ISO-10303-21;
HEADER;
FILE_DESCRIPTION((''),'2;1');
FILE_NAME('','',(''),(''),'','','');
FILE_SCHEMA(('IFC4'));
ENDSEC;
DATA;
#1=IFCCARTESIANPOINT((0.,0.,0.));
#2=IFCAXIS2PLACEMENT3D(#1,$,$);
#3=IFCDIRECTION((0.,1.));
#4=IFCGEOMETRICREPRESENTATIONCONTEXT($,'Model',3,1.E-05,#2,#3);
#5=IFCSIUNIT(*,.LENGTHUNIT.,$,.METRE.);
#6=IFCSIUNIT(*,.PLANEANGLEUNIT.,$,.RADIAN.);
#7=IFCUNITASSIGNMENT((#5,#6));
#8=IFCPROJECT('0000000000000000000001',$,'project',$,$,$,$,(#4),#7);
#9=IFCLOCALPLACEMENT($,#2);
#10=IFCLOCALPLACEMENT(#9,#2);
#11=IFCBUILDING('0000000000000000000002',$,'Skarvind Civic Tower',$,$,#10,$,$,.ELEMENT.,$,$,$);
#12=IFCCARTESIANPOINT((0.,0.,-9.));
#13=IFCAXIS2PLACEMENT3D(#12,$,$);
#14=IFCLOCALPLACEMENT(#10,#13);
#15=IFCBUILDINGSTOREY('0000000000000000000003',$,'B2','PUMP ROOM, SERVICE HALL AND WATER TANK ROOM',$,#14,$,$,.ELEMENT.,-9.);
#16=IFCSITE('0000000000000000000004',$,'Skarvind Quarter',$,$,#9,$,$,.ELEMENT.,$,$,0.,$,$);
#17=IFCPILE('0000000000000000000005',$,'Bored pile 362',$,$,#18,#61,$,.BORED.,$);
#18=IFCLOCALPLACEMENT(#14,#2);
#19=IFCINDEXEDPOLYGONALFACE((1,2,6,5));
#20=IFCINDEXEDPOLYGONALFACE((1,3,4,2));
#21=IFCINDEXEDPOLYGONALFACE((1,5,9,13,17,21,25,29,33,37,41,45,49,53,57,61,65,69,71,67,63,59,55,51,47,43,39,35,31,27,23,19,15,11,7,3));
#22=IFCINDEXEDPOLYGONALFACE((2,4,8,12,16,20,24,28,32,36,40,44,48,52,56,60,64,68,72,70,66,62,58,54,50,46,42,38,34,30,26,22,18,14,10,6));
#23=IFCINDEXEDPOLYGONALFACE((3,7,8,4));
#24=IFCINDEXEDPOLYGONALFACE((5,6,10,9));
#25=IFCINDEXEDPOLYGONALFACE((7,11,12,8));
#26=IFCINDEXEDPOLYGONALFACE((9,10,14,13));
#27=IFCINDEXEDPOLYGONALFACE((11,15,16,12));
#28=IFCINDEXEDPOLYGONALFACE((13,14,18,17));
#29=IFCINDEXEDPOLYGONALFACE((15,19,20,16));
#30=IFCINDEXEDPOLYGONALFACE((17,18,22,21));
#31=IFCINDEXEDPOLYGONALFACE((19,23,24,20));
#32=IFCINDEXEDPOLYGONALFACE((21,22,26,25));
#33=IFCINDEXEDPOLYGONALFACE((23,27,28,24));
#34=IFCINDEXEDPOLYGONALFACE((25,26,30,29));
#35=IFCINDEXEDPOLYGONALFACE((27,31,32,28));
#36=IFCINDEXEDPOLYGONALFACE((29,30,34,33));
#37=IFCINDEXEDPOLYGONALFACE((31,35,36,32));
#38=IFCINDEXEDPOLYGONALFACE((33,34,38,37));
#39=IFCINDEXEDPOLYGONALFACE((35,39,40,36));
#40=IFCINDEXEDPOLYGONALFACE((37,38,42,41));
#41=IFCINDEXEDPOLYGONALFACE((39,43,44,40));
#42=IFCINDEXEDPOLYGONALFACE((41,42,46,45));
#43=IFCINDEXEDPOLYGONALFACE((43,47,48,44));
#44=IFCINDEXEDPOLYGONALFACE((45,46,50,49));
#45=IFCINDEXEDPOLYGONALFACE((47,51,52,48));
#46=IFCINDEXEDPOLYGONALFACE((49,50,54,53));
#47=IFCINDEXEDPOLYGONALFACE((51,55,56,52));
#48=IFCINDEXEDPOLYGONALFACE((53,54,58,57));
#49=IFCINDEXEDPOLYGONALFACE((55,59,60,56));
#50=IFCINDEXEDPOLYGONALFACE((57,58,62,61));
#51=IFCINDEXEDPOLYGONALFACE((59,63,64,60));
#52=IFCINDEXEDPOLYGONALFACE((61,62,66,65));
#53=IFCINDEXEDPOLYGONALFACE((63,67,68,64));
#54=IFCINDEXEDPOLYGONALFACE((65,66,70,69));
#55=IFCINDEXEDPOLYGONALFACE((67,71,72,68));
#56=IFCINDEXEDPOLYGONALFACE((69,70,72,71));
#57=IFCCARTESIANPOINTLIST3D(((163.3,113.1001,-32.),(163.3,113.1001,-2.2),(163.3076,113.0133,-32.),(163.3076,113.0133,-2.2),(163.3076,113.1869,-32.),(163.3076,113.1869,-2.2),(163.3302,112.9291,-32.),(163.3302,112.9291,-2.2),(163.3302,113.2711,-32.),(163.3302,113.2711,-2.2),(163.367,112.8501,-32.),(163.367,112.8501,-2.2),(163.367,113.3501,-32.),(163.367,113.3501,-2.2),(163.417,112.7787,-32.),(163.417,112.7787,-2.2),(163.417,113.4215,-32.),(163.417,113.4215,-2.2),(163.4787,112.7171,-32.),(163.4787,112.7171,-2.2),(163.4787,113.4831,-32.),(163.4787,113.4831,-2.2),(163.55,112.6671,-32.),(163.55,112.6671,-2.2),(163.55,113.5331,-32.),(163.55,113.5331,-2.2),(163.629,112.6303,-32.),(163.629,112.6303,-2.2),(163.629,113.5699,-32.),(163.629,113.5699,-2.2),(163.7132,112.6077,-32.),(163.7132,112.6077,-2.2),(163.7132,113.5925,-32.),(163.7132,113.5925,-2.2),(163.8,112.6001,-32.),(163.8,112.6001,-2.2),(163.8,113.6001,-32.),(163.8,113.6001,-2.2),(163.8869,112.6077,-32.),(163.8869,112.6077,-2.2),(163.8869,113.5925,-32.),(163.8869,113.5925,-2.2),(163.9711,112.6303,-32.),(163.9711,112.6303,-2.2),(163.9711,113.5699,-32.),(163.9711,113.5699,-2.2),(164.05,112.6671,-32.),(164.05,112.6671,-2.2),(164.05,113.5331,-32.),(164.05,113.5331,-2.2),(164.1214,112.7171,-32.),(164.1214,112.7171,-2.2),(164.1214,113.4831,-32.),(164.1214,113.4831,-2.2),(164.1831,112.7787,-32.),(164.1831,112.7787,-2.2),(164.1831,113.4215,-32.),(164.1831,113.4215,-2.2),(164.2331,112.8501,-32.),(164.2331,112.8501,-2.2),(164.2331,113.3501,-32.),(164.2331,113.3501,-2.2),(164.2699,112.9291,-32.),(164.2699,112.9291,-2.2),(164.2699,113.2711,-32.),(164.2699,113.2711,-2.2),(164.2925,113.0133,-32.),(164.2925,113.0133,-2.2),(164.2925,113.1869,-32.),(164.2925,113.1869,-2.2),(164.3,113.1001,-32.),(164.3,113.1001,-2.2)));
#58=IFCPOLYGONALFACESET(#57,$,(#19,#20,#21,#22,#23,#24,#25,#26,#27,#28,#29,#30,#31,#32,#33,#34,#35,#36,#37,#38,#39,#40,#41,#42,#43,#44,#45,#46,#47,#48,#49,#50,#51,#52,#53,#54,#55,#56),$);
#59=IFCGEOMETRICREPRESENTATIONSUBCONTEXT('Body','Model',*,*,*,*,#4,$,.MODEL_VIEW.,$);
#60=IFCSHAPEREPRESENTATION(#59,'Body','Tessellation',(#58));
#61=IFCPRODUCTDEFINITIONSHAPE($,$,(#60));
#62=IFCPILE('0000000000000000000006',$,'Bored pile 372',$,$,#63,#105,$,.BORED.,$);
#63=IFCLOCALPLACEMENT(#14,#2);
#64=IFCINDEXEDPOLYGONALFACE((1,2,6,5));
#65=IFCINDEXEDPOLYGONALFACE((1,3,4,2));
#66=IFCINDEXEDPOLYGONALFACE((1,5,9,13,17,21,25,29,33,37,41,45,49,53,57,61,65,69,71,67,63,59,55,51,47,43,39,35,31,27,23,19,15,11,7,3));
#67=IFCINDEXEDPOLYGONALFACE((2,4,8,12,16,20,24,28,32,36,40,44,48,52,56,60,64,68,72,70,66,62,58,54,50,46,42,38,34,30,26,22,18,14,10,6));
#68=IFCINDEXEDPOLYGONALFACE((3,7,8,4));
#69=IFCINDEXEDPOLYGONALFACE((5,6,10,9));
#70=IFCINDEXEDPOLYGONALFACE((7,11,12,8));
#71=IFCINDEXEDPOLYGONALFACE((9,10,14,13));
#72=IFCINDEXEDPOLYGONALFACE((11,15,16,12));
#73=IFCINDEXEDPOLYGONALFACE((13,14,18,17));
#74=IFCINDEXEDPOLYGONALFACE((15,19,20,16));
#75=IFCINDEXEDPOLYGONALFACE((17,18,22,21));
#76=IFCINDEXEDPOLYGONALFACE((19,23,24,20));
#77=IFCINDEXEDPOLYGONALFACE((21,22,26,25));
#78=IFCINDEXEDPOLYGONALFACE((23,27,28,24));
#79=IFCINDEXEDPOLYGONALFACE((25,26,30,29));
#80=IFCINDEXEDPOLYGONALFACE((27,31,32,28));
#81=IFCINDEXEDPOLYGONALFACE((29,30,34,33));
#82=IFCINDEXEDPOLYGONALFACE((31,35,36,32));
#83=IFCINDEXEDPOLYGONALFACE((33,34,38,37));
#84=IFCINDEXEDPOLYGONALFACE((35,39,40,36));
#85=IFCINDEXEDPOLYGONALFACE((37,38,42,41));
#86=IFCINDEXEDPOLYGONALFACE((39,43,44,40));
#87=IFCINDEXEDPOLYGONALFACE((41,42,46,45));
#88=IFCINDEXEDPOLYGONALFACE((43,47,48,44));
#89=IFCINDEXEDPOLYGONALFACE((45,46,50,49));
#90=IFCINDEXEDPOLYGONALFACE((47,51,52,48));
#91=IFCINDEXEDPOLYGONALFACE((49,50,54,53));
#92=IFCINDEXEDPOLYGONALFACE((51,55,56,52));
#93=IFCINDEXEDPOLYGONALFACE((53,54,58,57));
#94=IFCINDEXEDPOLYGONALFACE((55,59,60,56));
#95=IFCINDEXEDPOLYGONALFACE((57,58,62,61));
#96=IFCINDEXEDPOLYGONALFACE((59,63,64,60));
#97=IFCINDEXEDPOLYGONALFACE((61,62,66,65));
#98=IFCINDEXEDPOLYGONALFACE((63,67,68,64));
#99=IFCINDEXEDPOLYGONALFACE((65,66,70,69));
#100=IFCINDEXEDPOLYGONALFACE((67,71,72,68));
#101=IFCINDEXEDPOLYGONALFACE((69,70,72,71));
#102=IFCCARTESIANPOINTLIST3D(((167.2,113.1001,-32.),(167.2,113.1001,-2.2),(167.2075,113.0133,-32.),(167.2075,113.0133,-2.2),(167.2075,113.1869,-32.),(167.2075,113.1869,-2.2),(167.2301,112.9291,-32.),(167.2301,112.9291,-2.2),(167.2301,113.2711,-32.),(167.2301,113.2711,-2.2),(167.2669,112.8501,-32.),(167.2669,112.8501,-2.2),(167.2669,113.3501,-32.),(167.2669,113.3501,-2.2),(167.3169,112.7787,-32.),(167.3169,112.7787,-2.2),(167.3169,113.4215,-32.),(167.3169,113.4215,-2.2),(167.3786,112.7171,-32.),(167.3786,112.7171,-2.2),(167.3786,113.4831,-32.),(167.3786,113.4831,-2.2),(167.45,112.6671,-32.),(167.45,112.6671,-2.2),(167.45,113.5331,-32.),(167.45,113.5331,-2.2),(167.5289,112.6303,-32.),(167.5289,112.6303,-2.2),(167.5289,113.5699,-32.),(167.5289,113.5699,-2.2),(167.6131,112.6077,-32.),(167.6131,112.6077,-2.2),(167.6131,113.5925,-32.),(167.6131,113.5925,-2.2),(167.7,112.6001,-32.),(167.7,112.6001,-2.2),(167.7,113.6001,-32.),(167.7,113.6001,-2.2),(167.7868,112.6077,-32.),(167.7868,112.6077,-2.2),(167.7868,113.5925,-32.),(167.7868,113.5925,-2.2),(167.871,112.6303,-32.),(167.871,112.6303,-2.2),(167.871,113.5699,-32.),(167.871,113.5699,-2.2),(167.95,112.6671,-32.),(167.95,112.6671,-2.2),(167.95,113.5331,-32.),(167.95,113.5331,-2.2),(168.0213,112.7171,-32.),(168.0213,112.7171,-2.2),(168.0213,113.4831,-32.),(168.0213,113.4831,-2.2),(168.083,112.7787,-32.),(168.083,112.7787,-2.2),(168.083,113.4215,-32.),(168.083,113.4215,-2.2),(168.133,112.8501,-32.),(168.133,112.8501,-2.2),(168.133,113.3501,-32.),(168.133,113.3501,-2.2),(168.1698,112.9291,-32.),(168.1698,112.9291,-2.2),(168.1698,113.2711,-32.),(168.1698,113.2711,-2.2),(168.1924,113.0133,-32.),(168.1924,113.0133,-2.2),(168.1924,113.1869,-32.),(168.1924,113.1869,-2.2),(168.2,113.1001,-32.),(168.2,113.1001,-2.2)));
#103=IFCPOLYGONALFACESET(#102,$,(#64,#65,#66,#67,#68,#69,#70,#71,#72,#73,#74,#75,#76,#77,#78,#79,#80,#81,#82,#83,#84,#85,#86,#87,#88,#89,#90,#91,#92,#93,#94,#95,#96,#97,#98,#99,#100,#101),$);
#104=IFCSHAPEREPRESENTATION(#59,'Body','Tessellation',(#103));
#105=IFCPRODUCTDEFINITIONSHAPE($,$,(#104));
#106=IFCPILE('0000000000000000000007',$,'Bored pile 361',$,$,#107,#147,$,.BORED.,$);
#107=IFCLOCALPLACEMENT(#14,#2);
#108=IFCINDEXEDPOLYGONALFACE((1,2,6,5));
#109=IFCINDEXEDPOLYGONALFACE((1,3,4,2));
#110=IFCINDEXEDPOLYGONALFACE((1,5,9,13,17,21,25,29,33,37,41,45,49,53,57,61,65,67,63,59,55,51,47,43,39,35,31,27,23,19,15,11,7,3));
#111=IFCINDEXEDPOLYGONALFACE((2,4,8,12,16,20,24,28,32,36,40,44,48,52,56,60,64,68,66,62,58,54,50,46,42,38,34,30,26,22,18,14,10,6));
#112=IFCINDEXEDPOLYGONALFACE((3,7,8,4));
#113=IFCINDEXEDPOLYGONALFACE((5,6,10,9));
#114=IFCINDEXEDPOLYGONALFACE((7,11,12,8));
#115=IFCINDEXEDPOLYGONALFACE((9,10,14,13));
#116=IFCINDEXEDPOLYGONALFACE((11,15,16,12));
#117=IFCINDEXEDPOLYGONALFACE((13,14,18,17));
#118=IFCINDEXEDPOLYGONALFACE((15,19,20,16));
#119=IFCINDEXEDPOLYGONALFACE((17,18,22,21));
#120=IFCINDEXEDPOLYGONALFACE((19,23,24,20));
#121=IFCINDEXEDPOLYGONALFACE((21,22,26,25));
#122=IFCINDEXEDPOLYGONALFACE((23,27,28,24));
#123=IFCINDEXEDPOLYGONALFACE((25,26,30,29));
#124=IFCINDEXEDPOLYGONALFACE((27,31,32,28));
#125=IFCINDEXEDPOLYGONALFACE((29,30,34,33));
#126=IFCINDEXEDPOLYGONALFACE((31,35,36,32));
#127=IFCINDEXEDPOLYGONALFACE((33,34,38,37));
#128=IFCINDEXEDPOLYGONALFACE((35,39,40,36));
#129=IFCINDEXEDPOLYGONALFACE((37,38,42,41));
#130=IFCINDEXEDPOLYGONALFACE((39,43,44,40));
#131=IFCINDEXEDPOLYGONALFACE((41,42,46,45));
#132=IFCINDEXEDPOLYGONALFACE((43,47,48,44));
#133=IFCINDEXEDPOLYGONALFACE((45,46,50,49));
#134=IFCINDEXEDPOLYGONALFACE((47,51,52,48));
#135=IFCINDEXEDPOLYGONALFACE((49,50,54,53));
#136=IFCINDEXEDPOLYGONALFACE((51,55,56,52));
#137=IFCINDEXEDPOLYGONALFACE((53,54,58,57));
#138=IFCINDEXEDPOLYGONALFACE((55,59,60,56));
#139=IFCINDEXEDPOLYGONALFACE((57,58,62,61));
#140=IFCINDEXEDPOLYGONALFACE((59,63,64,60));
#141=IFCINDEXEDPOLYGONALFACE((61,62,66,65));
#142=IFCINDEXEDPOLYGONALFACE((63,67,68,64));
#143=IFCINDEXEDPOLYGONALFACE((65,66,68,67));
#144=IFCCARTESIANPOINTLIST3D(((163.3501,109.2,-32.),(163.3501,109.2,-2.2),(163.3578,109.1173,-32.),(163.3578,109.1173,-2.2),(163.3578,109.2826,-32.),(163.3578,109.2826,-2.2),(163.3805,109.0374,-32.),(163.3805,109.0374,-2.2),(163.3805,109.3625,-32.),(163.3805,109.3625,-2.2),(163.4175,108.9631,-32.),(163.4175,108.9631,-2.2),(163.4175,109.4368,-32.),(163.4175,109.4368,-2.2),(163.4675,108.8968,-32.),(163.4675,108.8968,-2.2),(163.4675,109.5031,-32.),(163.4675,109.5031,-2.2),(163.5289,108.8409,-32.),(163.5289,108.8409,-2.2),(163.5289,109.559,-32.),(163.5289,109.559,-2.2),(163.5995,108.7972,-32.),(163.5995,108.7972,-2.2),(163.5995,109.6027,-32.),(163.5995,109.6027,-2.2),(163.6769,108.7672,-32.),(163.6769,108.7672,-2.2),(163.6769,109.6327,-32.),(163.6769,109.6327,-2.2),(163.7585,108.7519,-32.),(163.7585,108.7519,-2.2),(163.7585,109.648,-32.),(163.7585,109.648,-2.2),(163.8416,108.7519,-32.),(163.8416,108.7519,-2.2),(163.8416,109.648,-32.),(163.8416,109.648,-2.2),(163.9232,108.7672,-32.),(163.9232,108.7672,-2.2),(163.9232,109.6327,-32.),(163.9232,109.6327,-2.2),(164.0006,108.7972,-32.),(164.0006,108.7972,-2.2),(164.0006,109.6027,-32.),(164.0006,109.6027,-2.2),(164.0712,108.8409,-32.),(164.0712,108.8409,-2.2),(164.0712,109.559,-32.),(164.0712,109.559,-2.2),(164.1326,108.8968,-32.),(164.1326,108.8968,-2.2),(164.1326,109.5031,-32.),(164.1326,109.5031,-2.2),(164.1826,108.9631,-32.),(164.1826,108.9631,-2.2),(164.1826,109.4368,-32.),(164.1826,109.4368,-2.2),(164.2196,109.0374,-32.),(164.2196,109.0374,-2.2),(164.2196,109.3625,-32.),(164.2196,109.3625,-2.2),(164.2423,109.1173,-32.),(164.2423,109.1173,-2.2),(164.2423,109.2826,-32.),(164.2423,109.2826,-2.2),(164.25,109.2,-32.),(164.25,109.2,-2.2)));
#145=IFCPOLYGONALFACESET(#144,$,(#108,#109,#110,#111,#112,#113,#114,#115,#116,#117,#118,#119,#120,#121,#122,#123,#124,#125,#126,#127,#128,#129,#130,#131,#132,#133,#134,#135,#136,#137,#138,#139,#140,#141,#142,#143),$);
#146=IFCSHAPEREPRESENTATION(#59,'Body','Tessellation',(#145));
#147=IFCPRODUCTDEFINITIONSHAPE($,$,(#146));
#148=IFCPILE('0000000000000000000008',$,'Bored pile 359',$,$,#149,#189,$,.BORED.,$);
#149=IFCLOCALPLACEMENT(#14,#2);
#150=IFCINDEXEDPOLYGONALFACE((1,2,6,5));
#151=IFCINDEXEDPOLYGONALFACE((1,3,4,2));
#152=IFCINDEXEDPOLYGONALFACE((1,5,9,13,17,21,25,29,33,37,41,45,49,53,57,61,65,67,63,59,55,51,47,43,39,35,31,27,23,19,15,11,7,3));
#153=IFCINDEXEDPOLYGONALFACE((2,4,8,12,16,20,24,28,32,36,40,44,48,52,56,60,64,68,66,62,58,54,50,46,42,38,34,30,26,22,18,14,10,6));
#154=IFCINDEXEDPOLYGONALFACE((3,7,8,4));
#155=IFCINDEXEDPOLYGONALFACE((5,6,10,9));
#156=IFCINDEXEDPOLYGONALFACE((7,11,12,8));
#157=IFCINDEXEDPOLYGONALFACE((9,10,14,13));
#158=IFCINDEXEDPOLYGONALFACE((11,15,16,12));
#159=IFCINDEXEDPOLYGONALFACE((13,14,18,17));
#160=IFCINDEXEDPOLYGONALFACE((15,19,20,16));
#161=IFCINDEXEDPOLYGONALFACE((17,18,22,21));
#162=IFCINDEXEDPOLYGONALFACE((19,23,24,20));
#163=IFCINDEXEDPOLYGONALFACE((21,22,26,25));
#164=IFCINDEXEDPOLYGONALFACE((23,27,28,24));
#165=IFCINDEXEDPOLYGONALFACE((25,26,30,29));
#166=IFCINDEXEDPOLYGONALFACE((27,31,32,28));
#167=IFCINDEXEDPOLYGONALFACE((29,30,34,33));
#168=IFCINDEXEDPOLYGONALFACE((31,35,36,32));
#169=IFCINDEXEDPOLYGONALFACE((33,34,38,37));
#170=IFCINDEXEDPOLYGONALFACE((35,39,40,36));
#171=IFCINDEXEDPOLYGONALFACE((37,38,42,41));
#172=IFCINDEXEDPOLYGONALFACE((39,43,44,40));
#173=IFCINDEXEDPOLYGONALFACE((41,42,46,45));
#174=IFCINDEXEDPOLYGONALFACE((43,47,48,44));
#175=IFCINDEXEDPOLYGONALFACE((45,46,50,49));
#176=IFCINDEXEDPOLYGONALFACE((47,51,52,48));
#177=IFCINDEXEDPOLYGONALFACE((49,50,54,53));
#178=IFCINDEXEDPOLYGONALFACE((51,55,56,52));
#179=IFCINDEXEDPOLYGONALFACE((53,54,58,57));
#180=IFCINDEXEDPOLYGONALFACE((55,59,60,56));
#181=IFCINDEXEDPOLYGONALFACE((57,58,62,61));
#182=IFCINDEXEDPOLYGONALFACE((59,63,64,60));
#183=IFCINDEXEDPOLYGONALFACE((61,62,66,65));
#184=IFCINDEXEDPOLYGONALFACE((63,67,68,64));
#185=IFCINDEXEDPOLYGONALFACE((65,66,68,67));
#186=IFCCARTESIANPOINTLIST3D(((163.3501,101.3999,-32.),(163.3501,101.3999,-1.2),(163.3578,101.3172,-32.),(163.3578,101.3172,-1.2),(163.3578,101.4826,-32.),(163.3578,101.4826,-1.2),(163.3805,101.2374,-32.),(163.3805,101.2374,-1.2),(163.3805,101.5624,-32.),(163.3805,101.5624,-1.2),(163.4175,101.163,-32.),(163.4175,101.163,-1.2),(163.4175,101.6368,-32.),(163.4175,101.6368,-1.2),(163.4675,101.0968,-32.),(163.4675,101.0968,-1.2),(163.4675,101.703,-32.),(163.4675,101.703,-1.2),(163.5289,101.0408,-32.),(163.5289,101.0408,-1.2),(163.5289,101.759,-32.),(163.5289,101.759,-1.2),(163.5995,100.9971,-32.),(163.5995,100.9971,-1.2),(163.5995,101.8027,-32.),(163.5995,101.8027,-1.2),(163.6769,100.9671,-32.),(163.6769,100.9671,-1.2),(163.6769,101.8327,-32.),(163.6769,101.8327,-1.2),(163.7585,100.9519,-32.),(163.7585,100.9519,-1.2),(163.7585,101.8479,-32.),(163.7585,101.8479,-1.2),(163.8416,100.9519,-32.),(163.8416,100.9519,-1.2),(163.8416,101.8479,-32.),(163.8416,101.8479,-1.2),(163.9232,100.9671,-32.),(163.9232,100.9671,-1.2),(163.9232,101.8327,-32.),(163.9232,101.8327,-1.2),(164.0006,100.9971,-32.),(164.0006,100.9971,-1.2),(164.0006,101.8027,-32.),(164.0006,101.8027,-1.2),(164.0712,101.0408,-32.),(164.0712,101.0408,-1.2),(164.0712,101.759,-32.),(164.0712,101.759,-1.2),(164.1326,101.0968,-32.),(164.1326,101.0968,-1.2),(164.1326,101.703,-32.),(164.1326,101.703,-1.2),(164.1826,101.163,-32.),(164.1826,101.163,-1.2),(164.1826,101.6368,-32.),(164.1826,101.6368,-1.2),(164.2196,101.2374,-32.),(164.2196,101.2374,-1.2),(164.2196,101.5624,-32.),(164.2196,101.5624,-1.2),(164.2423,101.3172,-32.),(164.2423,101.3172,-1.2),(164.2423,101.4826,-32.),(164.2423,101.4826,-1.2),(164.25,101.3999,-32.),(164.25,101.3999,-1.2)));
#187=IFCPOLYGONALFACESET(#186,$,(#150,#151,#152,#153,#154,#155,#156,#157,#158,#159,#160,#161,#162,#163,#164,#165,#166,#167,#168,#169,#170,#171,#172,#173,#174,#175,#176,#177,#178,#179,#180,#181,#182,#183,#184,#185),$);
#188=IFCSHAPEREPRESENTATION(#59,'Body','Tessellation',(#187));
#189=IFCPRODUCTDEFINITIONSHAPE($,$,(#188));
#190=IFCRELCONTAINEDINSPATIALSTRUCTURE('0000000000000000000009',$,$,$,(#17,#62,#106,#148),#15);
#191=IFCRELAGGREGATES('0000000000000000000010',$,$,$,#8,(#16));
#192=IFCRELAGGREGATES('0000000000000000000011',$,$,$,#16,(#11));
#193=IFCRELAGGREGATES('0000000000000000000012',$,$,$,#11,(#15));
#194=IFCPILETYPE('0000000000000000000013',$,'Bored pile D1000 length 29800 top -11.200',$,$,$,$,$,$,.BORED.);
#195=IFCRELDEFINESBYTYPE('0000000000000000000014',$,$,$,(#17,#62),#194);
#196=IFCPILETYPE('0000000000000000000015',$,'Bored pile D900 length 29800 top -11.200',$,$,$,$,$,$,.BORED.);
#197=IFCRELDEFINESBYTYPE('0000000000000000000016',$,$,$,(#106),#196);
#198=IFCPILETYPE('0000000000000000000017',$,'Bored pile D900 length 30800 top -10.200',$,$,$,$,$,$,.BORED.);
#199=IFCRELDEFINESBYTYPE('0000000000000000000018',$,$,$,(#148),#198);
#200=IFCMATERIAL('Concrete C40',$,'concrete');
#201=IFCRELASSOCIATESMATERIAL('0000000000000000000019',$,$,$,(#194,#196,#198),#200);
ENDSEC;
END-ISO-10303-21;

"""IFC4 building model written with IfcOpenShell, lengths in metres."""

from ifc_helpers import new_model, si_unit, direction, frame, origin, origin_2d, place, context, subcontext, project, spatial, circle, extrude, material, type_object, element, save


model = new_model("IFC4")

# Units and contexts
model_context = context("Model", 3, precision=1e-05, world=origin(), true_north=direction((0.0, 1.0)))
body_context = subcontext(model_context, "Body", "Model", "MODEL_VIEW")
ifc_project = project(units=[si_unit("LENGTHUNIT", "METRE"), si_unit("PLANEANGLEUNIT", "RADIAN")], contexts=[model_context])

# Site, building, storey
site_placement = place(None, origin())
site = spatial("IfcSite", under=ifc_project, at=site_placement, Name="Skarvind Quarter", CompositionType="ELEMENT", RefElevation=0.0)
building_placement = place(site_placement, origin())
building = spatial("IfcBuilding", under=site, at=building_placement, Name="Skarvind Civic Tower", CompositionType="ELEMENT")
storey_placement = place(building_placement, frame((0.0, 0.0, -9.0)))
storey = spatial("IfcBuildingStorey", under=building, at=storey_placement, Name="B2", Description="PUMP ROOM, SERVICE HALL AND WATER TANK ROOM", CompositionType="ELEMENT", Elevation=-9.0)

# Piles
ifc_material_1 = material(Name="Concrete C40", Category="concrete")
pile_type_1 = type_object("IfcPileType", Name="Bored pile D1000 length 29800 top -11.200", PredefinedType="BORED", material=ifc_material_1)
for number, where, z_axis, x_axis, name in (
    (1, (163.8, 113.1001, -2.2), (0.0, 0.0, -1.0), (1.0, 0.0, 0.0), "Bored pile 362"),
    (2, (167.7, 113.1001, -2.2), (0.0, 0.0, -1.0), (1.0, 0.0, 0.0), "Bored pile 372"),
):
    element("IfcPile", number, at=place(storey_placement, frame(where, z_axis=z_axis, x_axis=x_axis)), inside=storey, type_object=pile_type_1, Name=name, PredefinedType="BORED", context=body_context, shape_type="SweptSolid", body=[
        extrude(circle(Radius=0.5, at=origin_2d()), origin(), (0.0, 0.0, 1.0), 29.8),
    ])
pile_type_2 = type_object("IfcPileType", Name="Bored pile D900 length 29800 top -11.200", PredefinedType="BORED", material=ifc_material_1)
pile_placement = place(storey_placement, frame((163.8, 109.2, -2.2), z_axis=(0.0, 0.0, -1.0), x_axis=(1.0, 0.0, 0.0)))
element("IfcPile", 3, at=pile_placement, inside=storey, type_object=pile_type_2, Name="Bored pile 361", PredefinedType="BORED", context=body_context, shape_type="SweptSolid", body=[
    extrude(circle(Radius=0.45, at=origin_2d()), origin(), (0.0, 0.0, 1.0), 29.8),
])
pile_type_3 = type_object("IfcPileType", Name="Bored pile D900 length 30800 top -10.200", PredefinedType="BORED", material=ifc_material_1)
for number, where, z_axis, x_axis, name in (
    (4, (163.8, 101.3999, -1.2), (0.0, 0.0, -1.0), (1.0, 0.0, 0.0), "Bored pile 359"),
):
    element("IfcPile", number, at=place(storey_placement, frame(where, z_axis=z_axis, x_axis=x_axis)), inside=storey, type_object=pile_type_3, Name=name, PredefinedType="BORED", context=body_context, shape_type="SweptSolid", body=[
        extrude(circle(Radius=0.45, at=origin_2d()), origin(), (0.0, 0.0, 1.0), 30.8),
    ])

save(model, "model.ifc")
